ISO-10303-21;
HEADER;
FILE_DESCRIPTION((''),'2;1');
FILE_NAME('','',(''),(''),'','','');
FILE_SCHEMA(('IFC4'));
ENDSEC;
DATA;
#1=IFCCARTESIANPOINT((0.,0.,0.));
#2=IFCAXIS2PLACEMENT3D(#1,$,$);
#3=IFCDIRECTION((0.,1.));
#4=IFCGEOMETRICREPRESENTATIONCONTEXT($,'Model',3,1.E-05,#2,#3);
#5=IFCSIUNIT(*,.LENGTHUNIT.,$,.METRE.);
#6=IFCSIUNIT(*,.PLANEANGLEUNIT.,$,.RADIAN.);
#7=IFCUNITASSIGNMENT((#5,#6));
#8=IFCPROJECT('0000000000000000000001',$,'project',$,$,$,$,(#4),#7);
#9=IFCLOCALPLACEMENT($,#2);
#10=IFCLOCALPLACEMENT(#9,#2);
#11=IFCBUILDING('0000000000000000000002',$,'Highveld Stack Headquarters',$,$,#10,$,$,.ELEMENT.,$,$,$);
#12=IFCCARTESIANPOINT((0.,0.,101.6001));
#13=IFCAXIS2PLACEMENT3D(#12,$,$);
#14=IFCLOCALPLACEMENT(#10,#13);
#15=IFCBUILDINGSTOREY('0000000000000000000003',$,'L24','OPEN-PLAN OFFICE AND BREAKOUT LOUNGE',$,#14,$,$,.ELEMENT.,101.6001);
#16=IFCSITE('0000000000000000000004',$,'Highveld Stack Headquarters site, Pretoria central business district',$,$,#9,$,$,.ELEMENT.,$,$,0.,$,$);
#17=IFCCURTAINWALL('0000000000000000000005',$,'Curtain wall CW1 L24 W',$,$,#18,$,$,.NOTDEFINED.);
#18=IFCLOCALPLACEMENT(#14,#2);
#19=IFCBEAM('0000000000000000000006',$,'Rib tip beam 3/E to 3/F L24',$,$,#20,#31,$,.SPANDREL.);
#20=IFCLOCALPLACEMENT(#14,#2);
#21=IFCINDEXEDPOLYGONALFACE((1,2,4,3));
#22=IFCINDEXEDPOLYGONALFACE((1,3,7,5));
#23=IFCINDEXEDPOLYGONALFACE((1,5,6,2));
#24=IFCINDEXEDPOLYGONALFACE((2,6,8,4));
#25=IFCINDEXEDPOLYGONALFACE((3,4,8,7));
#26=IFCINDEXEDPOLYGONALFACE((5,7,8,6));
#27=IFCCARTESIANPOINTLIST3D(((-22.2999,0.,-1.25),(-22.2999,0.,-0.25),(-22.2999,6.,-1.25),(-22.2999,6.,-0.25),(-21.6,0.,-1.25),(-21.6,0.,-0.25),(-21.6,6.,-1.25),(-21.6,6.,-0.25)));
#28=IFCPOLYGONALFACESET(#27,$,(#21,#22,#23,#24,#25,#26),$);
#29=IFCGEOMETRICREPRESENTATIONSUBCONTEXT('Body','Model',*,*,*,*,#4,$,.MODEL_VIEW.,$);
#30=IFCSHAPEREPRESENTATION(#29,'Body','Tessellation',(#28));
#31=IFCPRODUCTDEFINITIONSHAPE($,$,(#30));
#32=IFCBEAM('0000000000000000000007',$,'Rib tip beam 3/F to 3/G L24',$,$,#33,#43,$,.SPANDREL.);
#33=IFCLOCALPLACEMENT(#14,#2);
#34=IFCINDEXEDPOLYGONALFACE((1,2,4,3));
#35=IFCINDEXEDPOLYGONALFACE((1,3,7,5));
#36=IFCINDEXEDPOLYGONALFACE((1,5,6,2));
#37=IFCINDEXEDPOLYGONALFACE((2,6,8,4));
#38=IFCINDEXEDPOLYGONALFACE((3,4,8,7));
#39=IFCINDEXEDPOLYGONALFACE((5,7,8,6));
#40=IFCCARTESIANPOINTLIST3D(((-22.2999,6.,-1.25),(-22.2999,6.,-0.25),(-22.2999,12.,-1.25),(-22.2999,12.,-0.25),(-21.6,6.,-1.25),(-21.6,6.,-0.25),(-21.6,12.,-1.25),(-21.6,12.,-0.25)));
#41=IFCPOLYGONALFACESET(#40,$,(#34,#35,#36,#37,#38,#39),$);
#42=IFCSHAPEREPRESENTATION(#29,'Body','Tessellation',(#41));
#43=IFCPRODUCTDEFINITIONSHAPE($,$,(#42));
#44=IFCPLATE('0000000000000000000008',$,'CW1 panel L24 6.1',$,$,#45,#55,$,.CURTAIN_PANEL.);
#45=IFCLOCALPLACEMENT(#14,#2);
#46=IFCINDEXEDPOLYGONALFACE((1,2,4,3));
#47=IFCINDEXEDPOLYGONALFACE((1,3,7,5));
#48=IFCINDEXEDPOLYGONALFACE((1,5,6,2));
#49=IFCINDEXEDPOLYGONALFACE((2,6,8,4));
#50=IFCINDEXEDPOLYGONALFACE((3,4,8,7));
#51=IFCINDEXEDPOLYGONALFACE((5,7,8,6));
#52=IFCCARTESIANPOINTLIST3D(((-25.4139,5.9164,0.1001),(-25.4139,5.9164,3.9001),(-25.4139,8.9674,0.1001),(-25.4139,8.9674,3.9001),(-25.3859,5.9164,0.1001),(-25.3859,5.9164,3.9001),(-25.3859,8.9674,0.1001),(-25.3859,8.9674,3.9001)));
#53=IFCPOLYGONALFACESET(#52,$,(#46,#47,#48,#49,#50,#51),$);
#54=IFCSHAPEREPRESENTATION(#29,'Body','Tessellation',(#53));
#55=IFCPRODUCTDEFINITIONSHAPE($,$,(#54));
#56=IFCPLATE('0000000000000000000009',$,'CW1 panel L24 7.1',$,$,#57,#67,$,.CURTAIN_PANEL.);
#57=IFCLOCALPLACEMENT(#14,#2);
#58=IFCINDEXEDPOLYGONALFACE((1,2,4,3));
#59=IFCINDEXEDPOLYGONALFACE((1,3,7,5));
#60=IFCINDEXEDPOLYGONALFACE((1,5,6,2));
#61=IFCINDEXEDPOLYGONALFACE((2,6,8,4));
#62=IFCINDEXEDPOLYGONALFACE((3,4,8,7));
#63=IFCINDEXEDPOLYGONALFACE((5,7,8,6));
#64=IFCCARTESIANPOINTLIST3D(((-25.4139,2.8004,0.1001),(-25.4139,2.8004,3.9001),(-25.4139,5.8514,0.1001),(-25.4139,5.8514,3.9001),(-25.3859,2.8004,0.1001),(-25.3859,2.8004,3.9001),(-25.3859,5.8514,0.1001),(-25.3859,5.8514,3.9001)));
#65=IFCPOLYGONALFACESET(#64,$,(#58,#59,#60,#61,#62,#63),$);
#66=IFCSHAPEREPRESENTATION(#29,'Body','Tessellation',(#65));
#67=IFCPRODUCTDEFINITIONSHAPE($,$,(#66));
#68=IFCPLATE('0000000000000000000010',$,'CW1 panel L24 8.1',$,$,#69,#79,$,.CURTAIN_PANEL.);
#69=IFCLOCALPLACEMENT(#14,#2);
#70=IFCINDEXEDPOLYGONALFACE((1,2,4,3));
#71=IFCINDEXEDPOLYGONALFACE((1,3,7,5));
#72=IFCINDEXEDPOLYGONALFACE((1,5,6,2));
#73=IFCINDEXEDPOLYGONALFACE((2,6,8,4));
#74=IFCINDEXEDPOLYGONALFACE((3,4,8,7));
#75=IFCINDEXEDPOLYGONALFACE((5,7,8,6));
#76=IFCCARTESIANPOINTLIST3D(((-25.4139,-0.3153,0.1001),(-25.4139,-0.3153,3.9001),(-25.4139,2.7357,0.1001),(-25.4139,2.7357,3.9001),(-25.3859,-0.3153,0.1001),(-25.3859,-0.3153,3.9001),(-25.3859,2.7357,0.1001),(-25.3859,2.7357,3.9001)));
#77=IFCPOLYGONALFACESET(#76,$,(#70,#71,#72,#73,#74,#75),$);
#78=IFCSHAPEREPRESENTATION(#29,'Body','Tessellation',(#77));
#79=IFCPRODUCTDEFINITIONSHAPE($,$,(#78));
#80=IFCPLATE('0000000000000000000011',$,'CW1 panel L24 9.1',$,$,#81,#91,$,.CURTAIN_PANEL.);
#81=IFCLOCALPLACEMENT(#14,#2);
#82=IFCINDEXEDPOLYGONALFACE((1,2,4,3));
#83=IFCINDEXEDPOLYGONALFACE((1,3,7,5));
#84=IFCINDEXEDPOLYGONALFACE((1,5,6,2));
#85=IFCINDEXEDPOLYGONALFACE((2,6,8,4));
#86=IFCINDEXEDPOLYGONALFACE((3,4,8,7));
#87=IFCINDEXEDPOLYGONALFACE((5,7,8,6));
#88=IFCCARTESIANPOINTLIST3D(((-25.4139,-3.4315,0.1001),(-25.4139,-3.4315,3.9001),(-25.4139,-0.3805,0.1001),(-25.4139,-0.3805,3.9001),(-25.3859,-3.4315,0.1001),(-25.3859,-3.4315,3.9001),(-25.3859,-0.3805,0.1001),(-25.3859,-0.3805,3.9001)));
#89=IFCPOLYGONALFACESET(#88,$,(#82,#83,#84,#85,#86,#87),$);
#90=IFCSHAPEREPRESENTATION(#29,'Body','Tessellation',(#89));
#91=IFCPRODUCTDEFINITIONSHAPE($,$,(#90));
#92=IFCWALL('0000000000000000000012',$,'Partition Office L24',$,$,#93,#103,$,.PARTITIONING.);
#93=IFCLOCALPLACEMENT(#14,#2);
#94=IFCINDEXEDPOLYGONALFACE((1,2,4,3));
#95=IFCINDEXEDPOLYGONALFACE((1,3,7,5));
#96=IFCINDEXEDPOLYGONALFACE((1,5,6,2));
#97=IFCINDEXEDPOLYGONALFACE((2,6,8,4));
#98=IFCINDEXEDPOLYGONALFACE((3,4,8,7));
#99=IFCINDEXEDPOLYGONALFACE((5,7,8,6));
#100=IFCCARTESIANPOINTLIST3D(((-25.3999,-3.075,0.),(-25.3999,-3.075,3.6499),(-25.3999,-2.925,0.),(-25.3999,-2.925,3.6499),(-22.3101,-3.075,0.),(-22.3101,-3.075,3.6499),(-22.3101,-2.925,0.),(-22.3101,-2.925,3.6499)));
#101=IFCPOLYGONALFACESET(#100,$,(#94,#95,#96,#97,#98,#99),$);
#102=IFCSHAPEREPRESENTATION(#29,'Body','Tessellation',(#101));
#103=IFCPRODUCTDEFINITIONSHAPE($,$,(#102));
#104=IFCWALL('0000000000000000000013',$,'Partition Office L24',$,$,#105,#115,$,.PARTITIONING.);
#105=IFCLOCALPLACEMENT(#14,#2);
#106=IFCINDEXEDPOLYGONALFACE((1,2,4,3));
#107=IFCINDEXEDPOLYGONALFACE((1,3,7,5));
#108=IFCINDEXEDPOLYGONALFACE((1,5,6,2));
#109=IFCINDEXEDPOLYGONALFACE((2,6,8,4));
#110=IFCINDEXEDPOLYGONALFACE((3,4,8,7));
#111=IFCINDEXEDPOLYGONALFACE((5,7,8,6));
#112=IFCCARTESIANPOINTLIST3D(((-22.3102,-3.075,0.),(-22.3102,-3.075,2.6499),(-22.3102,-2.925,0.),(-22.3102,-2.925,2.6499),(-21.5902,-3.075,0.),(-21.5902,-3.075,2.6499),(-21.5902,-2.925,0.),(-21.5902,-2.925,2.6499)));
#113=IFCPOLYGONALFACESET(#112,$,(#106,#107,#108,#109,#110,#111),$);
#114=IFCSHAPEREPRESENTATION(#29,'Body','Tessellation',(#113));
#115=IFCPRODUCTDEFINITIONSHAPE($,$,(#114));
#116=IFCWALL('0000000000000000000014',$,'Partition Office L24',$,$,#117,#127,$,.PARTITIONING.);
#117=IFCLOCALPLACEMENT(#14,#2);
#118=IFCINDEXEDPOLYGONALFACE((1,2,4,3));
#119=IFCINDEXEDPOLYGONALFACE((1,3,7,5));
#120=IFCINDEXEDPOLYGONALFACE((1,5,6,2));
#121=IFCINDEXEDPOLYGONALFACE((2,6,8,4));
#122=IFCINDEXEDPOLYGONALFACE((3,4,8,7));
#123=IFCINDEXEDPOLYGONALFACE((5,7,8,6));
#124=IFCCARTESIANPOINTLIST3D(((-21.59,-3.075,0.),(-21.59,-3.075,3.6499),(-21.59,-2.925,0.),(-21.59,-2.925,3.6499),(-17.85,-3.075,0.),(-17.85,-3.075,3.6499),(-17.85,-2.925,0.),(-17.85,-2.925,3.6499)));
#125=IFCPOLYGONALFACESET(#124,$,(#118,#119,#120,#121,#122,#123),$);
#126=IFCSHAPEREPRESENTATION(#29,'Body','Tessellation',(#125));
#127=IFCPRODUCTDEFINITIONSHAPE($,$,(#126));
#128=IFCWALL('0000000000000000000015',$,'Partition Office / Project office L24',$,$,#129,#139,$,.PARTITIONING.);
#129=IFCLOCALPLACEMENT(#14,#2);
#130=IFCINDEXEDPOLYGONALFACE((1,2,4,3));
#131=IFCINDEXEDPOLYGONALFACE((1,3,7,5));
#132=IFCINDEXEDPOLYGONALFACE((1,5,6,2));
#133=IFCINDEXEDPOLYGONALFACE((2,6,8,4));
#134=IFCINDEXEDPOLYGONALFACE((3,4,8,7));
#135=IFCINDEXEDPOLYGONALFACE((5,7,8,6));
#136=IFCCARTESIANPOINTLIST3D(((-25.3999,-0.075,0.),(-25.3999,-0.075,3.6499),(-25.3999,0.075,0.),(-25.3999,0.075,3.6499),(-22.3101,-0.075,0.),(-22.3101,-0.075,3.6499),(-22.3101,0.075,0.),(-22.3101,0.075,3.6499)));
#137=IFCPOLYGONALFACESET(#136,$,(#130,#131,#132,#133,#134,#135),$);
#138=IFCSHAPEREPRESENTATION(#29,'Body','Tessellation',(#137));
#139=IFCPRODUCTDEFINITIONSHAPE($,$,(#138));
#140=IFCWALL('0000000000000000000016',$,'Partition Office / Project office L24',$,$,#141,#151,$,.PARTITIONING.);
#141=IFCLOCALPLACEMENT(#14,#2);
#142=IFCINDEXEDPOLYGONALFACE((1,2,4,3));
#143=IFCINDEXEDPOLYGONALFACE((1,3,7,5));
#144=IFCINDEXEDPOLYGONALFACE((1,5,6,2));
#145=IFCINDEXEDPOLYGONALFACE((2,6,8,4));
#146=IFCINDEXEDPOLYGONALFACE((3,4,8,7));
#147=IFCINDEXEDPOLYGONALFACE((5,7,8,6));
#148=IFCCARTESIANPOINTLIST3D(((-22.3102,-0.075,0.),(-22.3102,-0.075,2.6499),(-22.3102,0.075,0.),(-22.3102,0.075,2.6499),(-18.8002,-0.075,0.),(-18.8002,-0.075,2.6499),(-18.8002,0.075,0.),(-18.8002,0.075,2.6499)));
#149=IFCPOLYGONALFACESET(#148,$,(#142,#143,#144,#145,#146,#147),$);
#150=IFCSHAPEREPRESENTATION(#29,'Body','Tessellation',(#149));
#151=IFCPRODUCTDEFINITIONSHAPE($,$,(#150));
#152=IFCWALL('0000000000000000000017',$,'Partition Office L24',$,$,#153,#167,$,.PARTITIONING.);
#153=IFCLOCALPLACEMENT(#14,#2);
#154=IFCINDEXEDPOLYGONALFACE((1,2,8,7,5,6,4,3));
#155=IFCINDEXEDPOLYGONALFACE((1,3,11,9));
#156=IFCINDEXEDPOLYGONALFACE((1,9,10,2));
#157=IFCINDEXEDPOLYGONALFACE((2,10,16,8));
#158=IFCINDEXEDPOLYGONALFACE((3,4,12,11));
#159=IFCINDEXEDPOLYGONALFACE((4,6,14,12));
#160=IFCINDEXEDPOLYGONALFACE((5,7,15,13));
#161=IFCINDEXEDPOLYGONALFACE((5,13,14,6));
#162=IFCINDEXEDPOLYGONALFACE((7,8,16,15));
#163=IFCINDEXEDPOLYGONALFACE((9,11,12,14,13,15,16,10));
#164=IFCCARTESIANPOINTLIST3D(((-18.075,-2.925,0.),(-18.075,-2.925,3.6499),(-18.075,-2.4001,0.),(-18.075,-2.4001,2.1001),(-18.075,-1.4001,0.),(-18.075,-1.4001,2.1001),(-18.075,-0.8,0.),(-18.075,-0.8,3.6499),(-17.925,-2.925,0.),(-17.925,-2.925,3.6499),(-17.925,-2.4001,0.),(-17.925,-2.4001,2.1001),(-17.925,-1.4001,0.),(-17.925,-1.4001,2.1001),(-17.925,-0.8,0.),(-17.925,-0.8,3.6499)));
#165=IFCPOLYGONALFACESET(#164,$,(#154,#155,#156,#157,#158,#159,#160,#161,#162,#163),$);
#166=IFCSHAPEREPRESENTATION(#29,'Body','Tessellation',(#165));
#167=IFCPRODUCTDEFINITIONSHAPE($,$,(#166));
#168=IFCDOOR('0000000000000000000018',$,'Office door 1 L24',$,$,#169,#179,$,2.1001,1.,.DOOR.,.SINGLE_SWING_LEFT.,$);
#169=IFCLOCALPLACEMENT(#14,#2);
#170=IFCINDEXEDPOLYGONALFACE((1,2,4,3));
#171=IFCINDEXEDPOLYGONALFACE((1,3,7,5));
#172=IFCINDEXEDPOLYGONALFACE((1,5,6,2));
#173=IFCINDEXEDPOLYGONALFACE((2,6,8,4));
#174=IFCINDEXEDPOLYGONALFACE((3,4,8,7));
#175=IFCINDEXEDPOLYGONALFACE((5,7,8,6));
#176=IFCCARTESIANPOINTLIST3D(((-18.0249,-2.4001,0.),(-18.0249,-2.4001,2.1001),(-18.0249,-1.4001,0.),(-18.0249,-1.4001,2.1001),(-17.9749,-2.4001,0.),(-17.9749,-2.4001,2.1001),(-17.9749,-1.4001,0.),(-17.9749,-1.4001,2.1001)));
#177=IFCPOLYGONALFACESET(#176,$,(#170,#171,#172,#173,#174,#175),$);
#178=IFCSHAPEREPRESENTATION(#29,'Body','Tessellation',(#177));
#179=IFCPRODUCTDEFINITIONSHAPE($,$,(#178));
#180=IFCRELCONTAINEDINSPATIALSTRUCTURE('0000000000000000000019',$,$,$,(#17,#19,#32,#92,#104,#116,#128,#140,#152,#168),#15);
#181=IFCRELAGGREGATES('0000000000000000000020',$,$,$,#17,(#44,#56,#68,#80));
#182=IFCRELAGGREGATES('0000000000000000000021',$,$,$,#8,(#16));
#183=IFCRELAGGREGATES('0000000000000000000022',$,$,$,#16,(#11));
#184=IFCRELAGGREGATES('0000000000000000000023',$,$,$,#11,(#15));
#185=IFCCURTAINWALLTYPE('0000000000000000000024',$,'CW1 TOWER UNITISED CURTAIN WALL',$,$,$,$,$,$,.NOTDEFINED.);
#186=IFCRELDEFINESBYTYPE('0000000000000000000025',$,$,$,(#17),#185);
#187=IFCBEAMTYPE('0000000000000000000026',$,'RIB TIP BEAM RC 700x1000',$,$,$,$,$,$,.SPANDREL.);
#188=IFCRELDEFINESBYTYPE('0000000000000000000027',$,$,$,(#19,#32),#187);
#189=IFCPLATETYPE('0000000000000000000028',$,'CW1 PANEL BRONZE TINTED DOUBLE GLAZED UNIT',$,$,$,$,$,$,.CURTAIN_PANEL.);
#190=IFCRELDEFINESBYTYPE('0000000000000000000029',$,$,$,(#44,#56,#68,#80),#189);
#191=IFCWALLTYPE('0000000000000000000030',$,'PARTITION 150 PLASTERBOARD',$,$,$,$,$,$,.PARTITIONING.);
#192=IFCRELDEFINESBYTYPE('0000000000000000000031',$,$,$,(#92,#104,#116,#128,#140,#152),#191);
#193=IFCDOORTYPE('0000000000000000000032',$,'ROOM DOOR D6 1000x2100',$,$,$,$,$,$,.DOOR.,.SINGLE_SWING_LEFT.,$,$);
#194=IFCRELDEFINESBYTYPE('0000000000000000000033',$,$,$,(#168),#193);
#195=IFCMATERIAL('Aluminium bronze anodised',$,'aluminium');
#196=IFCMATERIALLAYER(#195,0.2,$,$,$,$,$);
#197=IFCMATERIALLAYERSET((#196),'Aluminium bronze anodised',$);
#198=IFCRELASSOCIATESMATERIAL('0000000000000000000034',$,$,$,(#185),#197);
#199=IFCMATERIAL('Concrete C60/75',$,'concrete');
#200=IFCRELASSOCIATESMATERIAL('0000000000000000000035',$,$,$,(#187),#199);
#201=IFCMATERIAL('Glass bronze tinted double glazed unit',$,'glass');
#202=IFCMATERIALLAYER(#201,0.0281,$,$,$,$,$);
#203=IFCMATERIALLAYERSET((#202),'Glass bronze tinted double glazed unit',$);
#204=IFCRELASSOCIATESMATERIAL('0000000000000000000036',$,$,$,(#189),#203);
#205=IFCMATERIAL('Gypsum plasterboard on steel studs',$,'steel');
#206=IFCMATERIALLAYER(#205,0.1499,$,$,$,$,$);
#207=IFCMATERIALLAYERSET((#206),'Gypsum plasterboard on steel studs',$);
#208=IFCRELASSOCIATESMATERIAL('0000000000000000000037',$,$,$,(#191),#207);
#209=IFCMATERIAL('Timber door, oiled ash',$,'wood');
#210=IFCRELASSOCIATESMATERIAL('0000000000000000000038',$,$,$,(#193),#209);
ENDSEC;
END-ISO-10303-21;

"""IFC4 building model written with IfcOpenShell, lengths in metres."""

from ifc_helpers import new_model, si_unit, direction, frame, frame_2d, origin, origin_2d, place, context, subcontext, project, spatial, rectangle, extrude, material, layer, layer_set, material_profile, profile_set, type_object, element, fill, aggregate, save


model = new_model("IFC4")

# Units and contexts
model_context = context("Model", 3, precision=1e-05, world=origin(), true_north=direction((0.0, 1.0)))
body_context = subcontext(model_context, "Body", "Model", "MODEL_VIEW")
ifc_project = project(units=[si_unit("LENGTHUNIT", "METRE"), si_unit("PLANEANGLEUNIT", "RADIAN")], contexts=[model_context])

# Site, building, storey
site_placement = place(None, origin())
site = spatial("IfcSite", under=ifc_project, at=site_placement, Name="Highveld Stack Headquarters site, Pretoria central business district", CompositionType="ELEMENT", RefElevation=0.0)
building_placement = place(site_placement, origin())
building = spatial("IfcBuilding", under=site, at=building_placement, Name="Highveld Stack Headquarters", CompositionType="ELEMENT")
storey_placement = place(building_placement, frame((0.0, 0.0, 101.6001)))
storey = spatial("IfcBuildingStorey", under=building, at=storey_placement, Name="L24", Description="OPEN-PLAN OFFICE AND BREAKOUT LOUNGE", CompositionType="ELEMENT", Elevation=101.6001)

# Curtain wall
ifc_material_1 = material(Name="Aluminium bronze anodised", Category="aluminium")
ifc_layer_1 = layer(ifc_material_1, 0.2)
ifc_layer_set_1 = layer_set([ifc_layer_1], Name="Aluminium bronze anodised")
curtain_wall_type = type_object("IfcCurtainWallType", Name="CW1 TOWER UNITISED CURTAIN WALL", PredefinedType="NOTDEFINED", material=ifc_layer_set_1)
curtain_wall_placement = place(storey_placement, origin())
curtain_wall = element("IfcCurtainWall", 1, at=curtain_wall_placement, inside=storey, type_object=curtain_wall_type, Name="Curtain wall CW1 L24 W", PredefinedType="NOTDEFINED")

# Beams
ifc_material_2 = material(Name="Concrete C60/75", Category="concrete")
ifc_material_profile_1 = material_profile(ifc_material_2, rectangle(XDim=0.7, YDim=1.0, at=origin_2d()), Name="RC 700x1000")
ifc_profile_set_1 = profile_set([ifc_material_profile_1], Name="Concrete C60/75")
beam_type_1 = type_object("IfcBeamType", Name="RIB TIP BEAM RC 700x1000", PredefinedType="SPANDREL", material=ifc_profile_set_1)
for number, where, z_axis, x_axis, name in (
    (2, (-21.95, 0.0, -0.75), (0.0, 1.0, 0.0), (-1.0, 0.0, 0.0), "Rib tip beam 3/E to 3/F L24"),
    (3, (-21.95, 6.0, -0.75), (0.0, 1.0, 0.0), (-1.0, 0.0, 0.0), "Rib tip beam 3/F to 3/G L24"),
):
    element("IfcBeam", number, at=place(storey_placement, frame(where, z_axis=z_axis, x_axis=x_axis)), inside=storey, type_object=beam_type_1, Name=name, PredefinedType="SPANDREL", context=body_context, shape_type="SweptSolid", body=[
        extrude(rectangle(XDim=0.7, YDim=1.0, at=origin_2d()), origin(), (0.0, 0.0, 1.0), 6.0),
    ])

# Plates
ifc_material_3 = material(Name="Glass bronze tinted double glazed unit", Category="glass")
ifc_layer_2 = layer(ifc_material_3, 0.0281)
ifc_layer_set_2 = layer_set([ifc_layer_2], Name="Glass bronze tinted double glazed unit")
plate_type = type_object("IfcPlateType", Name="CW1 PANEL BRONZE TINTED DOUBLE GLAZED UNIT", PredefinedType="CURTAIN_PANEL", material=ifc_layer_set_2)
plate_1_placement = place(storey_placement, frame((-25.3999, 7.4419, 0.1001), z_axis=(0.0, 0.0, 1.0), x_axis=(0.0, -1.0, 0.0)))
plate_1 = element("IfcPlate", 4, at=plate_1_placement, type_object=plate_type, Name="CW1 panel L24 6.1", PredefinedType="CURTAIN_PANEL", context=body_context, shape_type="SweptSolid", body=[
    extrude(rectangle(XDim=3.051, YDim=0.0281, at=origin_2d()), origin(), (0.0, 0.0, 1.0), 3.8),
])
plate_2_placement = place(storey_placement, frame((-25.3999, 4.3259, 0.1001), z_axis=(0.0, 0.0, 1.0), x_axis=(0.0, -1.0, 0.0)))
plate_2 = element("IfcPlate", 5, at=plate_2_placement, type_object=plate_type, Name="CW1 panel L24 7.1", PredefinedType="CURTAIN_PANEL", context=body_context, shape_type="SweptSolid", body=[
    extrude(rectangle(XDim=3.051, YDim=0.0281, at=origin_2d()), origin(), (0.0, 0.0, 1.0), 3.8),
])
plate_3_placement = place(storey_placement, frame((-25.3999, 1.2102, 0.1001), z_axis=(0.0, 0.0, 1.0), x_axis=(0.0, -1.0, 0.0)))
plate_3 = element("IfcPlate", 6, at=plate_3_placement, type_object=plate_type, Name="CW1 panel L24 8.1", PredefinedType="CURTAIN_PANEL", context=body_context, shape_type="SweptSolid", body=[
    extrude(rectangle(XDim=3.051, YDim=0.0281, at=origin_2d()), origin(), (0.0, 0.0, 1.0), 3.8),
])
plate_4_placement = place(storey_placement, frame((-25.3999, -1.906, 0.1001), z_axis=(0.0, 0.0, 1.0), x_axis=(0.0, -1.0, 0.0)))
plate_4 = element("IfcPlate", 7, at=plate_4_placement, type_object=plate_type, Name="CW1 panel L24 9.1", PredefinedType="CURTAIN_PANEL", context=body_context, shape_type="SweptSolid", body=[
    extrude(rectangle(XDim=3.051, YDim=0.0281, at=origin_2d()), origin(), (0.0, 0.0, 1.0), 3.8),
])
aggregate(curtain_wall, [plate_1, plate_2, plate_3, plate_4])

# Walls
ifc_material_4 = material(Name="Gypsum plasterboard on steel studs", Category="steel")
ifc_layer_3 = layer(ifc_material_4, 0.1499)
ifc_layer_set_3 = layer_set([ifc_layer_3], Name="Gypsum plasterboard on steel studs")
wall_type = type_object("IfcWallType", Name="PARTITION 150 PLASTERBOARD", PredefinedType="PARTITIONING", material=ifc_layer_set_3)
wall_1_placement = place(storey_placement, frame((-25.3999, -3.0, 0.0), z_axis=(0.0, 0.0, 1.0), x_axis=(1.0, 0.0, 0.0)))
element("IfcWall", 8, at=wall_1_placement, inside=storey, type_object=wall_type, Name="Partition Office L24", PredefinedType="PARTITIONING", context=body_context, shape_type="SweptSolid", body=[
    extrude(rectangle(XDim=3.0898, YDim=0.1499, at=frame_2d((1.5449, 0.0))), origin(), (0.0, 0.0, 1.0), 3.6499),
])
wall_2_placement = place(storey_placement, frame((-22.3101, -3.0, 0.0), z_axis=(0.0, 0.0, 1.0), x_axis=(1.0, 0.0, 0.0)))
element("IfcWall", 9, at=wall_2_placement, inside=storey, type_object=wall_type, Name="Partition Office L24", PredefinedType="PARTITIONING", context=body_context, shape_type="SweptSolid", body=[
    extrude(rectangle(XDim=0.72, YDim=0.1499, at=frame_2d((0.3599, 0.0))), origin(), (0.0, 0.0, 1.0), 2.6499),
])
wall_3_placement = place(storey_placement, frame((-21.5901, -3.0, 0.0), z_axis=(0.0, 0.0, 1.0), x_axis=(1.0, 0.0, 0.0)))
element("IfcWall", 10, at=wall_3_placement, inside=storey, type_object=wall_type, Name="Partition Office L24", PredefinedType="PARTITIONING", context=body_context, shape_type="SweptSolid", body=[
    extrude(rectangle(XDim=3.74, YDim=0.1499, at=frame_2d((1.8701, 0.0))), origin(), (0.0, 0.0, 1.0), 3.6499),
])
wall_4_placement = place(storey_placement, frame((-25.3999, 0.0, 0.0), z_axis=(0.0, 0.0, 1.0), x_axis=(1.0, 0.0, 0.0)))
element("IfcWall", 11, at=wall_4_placement, inside=storey, type_object=wall_type, Name="Partition Office / Project office L24", PredefinedType="PARTITIONING", context=body_context, shape_type="SweptSolid", body=[
    extrude(rectangle(XDim=3.0898, YDim=0.1499, at=frame_2d((1.5449, 0.0))), origin(), (0.0, 0.0, 1.0), 3.6499),
])
wall_5_placement = place(storey_placement, frame((-22.3101, 0.0, 0.0), z_axis=(0.0, 0.0, 1.0), x_axis=(1.0, 0.0, 0.0)))
element("IfcWall", 12, at=wall_5_placement, inside=storey, type_object=wall_type, Name="Partition Office / Project office L24", PredefinedType="PARTITIONING", context=body_context, shape_type="SweptSolid", body=[
    extrude(rectangle(XDim=3.51, YDim=0.1499, at=frame_2d((1.7549, 0.0))), origin(), (0.0, 0.0, 1.0), 2.6499),
])

# Wall, opening, door
wall_6_placement = place(storey_placement, frame((-18.0, -2.925, 0.0), z_axis=(0.0, 0.0, 1.0), x_axis=(0.0, 1.0, 0.0)))
wall_6 = element("IfcWall", 13, at=wall_6_placement, inside=storey, type_object=wall_type, Name="Partition Office L24", PredefinedType="PARTITIONING", context=body_context, shape_type="SweptSolid", body=[
    extrude(rectangle(XDim=2.125, YDim=0.1499, at=frame_2d((1.0625, 0.0))), origin(), (0.0, 0.0, 1.0), 3.6499),
])
opening_placement = place(wall_6_placement, frame((0.5249, 0.0, 0.0)))
opening = element("IfcOpeningElement", 14, at=opening_placement, cuts=wall_6, PredefinedType="OPENING", context=body_context, shape_type="SweptSolid", body=[
    extrude(rectangle(XDim=1.0, YDim=2.1001, at=frame_2d((0.5, 1.05))), frame((0.0, 0.085, 0.0), z_axis=(0.0, -1.0, 0.0), x_axis=(1.0, 0.0, 0.0)), (0.0, 0.0, 1.0), 0.1699),
])
ifc_material_5 = material(Name="Timber door, oiled ash", Category="wood")
door_type = type_object("IfcDoorType", Name="ROOM DOOR D6 1000x2100", OperationType="SINGLE_SWING_LEFT", PredefinedType="DOOR", material=ifc_material_5)
door_placement = place(opening_placement, origin())
door = element("IfcDoor", 15, at=door_placement, inside=storey, type_object=door_type, Name="Office door 1 L24", OperationType="SINGLE_SWING_LEFT", OverallHeight=2.1001, OverallWidth=1.0, PredefinedType="DOOR", context=body_context, shape_type="SweptSolid", body=[
    extrude(rectangle(XDim=1.0, YDim=2.1001, at=frame_2d((0.5, 1.05))), frame((0.0, 0.0249, 0.0), z_axis=(0.0, -1.0, 0.0), x_axis=(1.0, 0.0, 0.0)), (0.0, 0.0, 1.0), 0.05),
])
fill(opening, door)

save(model, "model.ifc")
